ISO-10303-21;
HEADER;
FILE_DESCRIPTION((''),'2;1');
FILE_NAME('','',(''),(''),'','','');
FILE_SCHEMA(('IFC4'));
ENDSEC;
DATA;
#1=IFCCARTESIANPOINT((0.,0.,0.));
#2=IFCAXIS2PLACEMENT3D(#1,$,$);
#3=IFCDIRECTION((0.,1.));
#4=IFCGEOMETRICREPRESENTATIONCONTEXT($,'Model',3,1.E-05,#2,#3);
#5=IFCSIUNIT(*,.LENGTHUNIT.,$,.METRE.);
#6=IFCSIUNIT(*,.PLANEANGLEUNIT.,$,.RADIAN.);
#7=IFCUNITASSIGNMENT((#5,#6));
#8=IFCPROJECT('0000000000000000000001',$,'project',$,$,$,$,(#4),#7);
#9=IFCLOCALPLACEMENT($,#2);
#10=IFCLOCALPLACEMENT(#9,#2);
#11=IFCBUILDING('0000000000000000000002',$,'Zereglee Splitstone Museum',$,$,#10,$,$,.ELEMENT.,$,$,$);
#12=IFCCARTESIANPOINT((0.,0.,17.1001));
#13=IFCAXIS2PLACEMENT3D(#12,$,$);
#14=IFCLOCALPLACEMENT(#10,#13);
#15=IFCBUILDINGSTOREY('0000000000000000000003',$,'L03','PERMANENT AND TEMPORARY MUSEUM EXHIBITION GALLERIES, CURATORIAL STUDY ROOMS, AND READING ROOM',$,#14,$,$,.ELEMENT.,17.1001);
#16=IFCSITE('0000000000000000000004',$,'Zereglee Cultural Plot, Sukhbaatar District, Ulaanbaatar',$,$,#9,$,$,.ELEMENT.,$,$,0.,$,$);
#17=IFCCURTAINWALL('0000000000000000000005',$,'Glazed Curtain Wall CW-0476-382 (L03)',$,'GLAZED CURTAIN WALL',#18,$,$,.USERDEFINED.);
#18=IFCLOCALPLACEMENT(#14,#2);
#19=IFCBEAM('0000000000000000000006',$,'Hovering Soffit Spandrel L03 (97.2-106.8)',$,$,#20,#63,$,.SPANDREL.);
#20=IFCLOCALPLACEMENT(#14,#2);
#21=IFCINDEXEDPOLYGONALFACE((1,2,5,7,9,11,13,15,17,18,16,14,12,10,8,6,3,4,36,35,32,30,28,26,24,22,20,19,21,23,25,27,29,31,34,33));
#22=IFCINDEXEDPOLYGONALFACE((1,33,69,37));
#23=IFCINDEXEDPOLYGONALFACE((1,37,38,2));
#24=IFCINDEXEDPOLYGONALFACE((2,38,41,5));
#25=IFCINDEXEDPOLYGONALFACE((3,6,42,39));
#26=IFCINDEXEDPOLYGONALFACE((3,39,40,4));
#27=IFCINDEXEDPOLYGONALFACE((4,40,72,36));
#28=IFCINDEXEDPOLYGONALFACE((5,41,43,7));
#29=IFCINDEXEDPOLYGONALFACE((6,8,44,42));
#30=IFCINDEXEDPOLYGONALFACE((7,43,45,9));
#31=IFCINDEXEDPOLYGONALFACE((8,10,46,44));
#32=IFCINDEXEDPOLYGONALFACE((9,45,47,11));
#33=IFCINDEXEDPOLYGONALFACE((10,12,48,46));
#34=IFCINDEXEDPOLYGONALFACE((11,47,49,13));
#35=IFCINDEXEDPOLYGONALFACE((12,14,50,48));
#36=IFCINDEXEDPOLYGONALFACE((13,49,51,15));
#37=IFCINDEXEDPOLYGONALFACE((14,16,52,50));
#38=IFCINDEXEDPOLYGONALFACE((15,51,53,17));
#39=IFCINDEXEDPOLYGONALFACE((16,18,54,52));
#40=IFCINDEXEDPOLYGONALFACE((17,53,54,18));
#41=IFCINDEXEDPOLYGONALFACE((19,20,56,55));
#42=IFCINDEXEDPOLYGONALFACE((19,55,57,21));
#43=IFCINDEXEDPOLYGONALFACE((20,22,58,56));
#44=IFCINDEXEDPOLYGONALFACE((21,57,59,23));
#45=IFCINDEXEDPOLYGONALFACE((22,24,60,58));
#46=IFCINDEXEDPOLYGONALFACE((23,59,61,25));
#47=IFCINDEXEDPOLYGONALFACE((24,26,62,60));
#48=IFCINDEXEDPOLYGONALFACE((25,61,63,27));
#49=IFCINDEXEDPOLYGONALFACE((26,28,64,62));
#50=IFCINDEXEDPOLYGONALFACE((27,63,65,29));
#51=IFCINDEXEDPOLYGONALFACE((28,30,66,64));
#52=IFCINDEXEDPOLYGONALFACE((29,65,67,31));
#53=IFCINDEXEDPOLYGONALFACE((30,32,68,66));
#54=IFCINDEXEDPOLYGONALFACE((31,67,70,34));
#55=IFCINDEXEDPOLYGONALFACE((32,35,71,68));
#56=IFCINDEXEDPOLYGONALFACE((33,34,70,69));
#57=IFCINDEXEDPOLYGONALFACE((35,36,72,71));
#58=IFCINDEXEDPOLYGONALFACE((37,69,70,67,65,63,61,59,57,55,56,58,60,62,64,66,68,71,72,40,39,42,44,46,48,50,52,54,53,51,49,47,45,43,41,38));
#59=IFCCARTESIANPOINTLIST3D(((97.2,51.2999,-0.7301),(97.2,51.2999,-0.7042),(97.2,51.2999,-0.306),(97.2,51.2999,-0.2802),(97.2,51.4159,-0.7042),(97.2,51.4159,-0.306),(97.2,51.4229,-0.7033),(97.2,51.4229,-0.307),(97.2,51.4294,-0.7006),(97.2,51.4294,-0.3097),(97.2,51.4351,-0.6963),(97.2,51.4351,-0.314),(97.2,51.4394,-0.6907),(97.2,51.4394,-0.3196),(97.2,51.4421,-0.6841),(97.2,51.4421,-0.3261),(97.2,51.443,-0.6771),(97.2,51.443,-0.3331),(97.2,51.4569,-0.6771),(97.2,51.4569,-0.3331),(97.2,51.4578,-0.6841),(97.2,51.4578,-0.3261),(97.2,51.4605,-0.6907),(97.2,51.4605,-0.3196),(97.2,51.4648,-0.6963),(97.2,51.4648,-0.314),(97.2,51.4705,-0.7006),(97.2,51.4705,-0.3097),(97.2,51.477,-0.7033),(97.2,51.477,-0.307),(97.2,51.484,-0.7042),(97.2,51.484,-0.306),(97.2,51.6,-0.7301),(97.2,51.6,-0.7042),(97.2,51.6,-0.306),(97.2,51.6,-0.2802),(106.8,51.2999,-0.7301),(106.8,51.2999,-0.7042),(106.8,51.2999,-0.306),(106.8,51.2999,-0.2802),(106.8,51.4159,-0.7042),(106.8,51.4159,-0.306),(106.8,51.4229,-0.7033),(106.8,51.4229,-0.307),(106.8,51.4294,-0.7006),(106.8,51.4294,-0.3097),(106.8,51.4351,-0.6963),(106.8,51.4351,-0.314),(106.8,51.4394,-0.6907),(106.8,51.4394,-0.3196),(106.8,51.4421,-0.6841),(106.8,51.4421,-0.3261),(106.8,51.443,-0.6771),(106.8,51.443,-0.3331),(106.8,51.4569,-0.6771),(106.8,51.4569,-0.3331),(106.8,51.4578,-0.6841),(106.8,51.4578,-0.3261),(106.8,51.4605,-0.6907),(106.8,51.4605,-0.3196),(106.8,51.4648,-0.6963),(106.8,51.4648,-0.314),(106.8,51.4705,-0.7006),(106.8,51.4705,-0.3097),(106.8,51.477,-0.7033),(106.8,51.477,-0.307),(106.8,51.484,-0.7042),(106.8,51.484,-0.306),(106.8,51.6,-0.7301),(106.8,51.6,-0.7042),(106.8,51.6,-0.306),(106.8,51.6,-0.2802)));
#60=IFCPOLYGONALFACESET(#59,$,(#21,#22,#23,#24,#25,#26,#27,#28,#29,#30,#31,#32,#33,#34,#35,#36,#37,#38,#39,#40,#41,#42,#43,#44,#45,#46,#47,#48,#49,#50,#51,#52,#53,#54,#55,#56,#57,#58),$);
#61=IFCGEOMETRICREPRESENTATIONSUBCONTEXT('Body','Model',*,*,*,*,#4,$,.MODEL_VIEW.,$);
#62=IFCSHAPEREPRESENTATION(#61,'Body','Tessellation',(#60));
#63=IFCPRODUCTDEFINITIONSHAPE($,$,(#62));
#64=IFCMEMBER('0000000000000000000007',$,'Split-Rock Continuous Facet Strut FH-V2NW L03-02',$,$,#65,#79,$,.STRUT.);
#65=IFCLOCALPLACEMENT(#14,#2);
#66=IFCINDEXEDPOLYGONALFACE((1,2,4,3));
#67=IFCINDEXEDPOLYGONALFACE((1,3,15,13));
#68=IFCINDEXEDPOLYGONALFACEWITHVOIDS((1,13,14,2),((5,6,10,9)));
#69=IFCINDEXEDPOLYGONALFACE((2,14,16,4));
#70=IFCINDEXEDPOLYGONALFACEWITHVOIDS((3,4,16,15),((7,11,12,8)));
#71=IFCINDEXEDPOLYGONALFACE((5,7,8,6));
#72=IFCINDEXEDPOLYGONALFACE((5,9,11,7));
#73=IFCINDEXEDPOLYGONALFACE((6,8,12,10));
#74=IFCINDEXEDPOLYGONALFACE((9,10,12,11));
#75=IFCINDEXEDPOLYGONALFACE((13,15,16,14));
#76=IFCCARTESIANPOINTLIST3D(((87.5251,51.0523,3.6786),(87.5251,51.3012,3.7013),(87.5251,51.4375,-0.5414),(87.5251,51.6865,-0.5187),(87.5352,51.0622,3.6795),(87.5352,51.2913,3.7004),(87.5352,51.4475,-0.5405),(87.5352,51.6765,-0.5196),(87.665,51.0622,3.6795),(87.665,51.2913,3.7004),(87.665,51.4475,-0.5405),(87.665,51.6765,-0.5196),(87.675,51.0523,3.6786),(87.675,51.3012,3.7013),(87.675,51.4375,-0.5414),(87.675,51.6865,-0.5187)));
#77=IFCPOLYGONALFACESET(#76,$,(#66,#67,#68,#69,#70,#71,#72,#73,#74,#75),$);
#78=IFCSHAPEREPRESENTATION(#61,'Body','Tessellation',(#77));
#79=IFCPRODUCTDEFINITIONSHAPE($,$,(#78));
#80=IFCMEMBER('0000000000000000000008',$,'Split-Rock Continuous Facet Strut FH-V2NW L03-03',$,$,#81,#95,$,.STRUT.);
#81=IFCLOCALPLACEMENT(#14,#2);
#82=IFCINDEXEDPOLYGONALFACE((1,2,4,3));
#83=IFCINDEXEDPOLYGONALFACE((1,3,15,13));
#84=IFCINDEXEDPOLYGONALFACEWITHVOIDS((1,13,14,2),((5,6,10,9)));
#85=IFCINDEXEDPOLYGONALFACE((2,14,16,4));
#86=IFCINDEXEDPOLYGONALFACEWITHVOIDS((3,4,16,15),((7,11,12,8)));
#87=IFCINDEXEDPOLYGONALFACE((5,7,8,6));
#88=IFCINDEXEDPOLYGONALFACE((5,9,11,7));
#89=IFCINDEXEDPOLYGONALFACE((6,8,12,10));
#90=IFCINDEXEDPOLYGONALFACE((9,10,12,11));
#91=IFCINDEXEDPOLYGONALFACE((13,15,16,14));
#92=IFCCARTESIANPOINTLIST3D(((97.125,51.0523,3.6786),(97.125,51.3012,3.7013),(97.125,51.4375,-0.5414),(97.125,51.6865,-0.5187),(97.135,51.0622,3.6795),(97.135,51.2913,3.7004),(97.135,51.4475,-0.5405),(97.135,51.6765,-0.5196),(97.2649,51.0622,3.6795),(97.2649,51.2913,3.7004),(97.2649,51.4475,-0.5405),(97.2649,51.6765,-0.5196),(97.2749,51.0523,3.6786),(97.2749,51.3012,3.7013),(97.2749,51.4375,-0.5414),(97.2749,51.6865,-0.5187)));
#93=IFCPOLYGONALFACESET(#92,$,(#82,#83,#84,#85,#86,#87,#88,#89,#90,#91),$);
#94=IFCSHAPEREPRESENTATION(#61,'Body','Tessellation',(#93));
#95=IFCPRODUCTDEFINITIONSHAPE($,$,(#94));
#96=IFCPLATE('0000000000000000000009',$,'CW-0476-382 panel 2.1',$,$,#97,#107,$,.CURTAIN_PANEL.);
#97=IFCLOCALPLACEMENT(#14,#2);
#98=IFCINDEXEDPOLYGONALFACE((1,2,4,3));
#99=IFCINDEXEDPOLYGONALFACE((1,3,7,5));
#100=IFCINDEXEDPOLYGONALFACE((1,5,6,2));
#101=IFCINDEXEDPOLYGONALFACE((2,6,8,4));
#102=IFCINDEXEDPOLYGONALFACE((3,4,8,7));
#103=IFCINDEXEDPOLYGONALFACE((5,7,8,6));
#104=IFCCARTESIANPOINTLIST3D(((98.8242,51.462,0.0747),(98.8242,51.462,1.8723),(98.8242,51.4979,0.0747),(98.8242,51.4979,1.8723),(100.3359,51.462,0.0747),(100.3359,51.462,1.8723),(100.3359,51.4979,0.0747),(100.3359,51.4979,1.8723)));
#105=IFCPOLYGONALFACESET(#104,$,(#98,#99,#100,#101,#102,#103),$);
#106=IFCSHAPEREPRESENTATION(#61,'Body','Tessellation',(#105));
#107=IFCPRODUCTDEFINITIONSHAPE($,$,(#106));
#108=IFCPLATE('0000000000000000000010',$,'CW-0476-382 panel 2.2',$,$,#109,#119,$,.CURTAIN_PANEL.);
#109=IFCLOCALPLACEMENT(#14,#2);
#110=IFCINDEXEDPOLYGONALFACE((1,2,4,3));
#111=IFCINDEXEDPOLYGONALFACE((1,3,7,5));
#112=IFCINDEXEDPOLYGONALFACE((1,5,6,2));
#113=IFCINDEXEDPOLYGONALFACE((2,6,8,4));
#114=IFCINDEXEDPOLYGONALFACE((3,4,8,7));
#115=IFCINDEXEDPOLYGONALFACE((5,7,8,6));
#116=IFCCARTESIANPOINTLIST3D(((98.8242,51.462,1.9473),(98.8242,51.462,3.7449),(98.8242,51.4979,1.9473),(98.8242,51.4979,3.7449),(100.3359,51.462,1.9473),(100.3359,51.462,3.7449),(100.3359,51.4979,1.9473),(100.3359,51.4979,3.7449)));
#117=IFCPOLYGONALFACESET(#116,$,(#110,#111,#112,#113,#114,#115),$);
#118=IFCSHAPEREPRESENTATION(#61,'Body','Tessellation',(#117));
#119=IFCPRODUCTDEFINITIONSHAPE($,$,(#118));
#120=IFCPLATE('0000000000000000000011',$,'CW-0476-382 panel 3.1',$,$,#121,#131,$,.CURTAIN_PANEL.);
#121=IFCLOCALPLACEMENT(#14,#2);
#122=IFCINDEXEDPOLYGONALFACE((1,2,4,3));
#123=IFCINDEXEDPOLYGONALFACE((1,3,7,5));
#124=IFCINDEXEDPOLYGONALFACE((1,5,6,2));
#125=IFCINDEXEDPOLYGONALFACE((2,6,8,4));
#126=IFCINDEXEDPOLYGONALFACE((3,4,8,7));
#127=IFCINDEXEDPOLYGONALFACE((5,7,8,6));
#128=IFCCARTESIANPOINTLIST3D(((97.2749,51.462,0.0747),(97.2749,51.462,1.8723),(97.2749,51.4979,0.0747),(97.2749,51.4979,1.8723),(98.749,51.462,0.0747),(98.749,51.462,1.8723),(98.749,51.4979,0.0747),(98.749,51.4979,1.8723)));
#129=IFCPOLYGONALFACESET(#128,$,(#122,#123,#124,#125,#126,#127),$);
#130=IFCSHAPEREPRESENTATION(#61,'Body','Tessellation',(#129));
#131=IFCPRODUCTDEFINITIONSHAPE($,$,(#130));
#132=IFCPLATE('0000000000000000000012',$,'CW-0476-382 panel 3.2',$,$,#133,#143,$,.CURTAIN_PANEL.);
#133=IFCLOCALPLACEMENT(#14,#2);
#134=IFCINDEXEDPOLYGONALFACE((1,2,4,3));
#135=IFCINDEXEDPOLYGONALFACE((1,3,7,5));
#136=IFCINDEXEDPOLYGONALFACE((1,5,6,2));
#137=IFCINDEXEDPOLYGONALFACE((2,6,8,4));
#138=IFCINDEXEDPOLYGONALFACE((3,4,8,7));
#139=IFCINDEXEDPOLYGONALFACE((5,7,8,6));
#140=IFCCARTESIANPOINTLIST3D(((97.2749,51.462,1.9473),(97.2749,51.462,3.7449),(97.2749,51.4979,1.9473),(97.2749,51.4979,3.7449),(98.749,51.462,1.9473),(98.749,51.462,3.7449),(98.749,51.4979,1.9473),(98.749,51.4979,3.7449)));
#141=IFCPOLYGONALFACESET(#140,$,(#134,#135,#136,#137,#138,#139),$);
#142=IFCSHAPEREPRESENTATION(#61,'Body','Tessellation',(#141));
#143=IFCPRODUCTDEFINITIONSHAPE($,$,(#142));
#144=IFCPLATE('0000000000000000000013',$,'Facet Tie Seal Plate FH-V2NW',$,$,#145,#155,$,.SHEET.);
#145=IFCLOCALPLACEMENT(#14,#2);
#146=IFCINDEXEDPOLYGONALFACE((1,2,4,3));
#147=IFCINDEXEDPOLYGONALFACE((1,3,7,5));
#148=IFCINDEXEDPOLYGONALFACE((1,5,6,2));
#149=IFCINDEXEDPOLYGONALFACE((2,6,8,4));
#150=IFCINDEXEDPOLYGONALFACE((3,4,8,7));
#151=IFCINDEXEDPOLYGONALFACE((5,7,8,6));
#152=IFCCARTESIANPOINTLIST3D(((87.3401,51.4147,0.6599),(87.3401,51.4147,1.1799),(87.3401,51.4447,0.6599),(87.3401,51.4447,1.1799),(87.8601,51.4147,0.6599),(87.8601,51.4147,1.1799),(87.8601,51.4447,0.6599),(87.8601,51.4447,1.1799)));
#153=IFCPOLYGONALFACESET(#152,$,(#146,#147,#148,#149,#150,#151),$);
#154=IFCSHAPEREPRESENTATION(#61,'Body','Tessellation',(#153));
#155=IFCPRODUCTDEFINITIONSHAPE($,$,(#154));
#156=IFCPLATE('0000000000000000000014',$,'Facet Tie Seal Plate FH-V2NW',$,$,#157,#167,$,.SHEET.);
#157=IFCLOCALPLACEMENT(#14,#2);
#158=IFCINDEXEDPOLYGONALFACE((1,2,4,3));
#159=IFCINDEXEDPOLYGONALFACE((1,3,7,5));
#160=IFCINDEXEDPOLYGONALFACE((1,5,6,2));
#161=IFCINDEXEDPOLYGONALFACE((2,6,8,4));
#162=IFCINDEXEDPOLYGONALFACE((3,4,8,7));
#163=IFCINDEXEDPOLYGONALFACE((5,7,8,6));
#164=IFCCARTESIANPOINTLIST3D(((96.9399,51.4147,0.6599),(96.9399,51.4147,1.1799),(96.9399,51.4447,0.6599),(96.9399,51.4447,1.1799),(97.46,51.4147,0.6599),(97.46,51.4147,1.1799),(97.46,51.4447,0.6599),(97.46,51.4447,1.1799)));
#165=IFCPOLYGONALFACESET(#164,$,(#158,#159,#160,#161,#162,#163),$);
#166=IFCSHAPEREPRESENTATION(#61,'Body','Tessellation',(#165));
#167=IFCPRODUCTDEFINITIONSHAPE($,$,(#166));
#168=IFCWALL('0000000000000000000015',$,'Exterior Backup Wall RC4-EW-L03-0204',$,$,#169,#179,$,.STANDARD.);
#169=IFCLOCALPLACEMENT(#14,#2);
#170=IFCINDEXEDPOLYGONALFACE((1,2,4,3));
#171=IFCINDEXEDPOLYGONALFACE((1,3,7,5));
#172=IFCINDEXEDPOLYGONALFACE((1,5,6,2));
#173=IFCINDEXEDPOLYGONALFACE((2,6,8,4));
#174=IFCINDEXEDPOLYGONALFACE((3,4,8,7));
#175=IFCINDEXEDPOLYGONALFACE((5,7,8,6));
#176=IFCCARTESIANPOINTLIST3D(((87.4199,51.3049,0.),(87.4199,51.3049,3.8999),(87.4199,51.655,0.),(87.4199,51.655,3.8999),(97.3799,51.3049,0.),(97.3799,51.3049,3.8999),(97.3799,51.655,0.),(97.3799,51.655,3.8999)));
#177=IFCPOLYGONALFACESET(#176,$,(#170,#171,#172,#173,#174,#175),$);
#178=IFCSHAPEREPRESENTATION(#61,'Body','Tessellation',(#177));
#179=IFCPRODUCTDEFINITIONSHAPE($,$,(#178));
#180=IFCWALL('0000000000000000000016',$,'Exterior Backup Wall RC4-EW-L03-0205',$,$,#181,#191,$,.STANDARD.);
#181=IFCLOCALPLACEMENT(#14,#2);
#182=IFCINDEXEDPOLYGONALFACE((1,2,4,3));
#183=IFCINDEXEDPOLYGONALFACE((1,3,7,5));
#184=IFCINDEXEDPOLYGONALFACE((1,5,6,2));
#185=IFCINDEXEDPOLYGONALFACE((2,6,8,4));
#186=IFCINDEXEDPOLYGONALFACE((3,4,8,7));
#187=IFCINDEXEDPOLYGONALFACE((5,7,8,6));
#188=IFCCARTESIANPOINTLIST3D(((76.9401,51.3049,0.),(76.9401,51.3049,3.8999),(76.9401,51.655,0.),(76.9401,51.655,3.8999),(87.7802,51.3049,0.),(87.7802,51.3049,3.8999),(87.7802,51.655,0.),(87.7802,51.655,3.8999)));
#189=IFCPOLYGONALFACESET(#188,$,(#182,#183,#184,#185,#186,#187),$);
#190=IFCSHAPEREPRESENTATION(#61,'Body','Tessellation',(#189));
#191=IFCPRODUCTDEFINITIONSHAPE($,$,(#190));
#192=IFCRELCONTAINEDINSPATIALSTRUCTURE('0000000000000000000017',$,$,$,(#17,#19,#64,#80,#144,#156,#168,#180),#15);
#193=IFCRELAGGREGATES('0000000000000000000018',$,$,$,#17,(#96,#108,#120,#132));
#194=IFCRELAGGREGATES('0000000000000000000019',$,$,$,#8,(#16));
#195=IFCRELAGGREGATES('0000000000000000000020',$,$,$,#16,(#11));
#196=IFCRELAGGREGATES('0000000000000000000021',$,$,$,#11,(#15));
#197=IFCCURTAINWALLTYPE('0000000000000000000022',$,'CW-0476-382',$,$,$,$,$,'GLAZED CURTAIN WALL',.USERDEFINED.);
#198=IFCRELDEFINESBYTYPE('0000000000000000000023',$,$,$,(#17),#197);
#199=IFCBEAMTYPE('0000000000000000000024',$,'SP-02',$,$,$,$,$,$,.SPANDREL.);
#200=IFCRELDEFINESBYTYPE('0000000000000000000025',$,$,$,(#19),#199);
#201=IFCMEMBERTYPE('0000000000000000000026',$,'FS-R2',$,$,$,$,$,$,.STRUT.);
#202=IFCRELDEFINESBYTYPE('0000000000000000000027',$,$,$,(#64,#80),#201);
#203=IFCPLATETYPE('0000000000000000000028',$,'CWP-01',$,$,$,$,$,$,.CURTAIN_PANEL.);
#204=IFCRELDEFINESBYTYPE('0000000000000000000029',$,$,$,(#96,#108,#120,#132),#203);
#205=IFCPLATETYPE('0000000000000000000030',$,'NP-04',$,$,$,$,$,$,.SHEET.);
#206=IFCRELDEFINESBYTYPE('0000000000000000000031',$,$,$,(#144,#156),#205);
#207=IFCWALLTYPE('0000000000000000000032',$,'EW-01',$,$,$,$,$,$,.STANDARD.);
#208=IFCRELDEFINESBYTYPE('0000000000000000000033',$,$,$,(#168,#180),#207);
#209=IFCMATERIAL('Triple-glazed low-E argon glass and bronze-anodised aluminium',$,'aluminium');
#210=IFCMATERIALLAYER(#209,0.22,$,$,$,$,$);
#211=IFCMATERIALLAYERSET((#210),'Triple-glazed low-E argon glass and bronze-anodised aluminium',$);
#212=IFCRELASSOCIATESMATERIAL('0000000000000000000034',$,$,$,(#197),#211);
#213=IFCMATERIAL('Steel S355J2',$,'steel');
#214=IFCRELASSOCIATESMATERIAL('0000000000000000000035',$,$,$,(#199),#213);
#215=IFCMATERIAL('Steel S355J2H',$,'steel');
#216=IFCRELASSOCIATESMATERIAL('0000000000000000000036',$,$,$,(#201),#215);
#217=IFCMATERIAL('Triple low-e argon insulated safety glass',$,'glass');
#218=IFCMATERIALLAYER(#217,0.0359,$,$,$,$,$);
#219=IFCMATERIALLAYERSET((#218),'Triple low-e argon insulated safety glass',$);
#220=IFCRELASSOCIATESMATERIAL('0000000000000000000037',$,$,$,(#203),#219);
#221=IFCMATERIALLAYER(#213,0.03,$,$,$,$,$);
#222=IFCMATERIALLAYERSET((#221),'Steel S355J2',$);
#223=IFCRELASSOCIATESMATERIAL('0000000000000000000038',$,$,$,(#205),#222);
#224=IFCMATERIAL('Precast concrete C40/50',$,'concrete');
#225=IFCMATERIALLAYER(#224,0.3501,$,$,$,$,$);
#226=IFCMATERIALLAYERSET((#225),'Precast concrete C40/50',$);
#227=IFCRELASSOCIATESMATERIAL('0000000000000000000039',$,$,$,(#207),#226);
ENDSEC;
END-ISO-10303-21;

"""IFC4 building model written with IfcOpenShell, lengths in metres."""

from ifc_helpers import new_model, si_unit, direction, frame, frame_2d, origin, origin_2d, place, context, subcontext, project, spatial, rectangle, hollow_rectangle, i_section, extrude, material, layer, layer_set, material_profile, profile_set, type_object, element, aggregate, save


model = new_model("IFC4")

# Units and contexts
model_context = context("Model", 3, precision=1e-05, world=origin(), true_north=direction((0.0, 1.0)))
body_context = subcontext(model_context, "Body", "Model", "MODEL_VIEW")
ifc_project = project(units=[si_unit("LENGTHUNIT", "METRE"), si_unit("PLANEANGLEUNIT", "RADIAN")], contexts=[model_context])

# Site, building, storey
site_placement = place(None, origin())
site = spatial("IfcSite", under=ifc_project, at=site_placement, Name="Zereglee Cultural Plot, Sukhbaatar District, Ulaanbaatar", CompositionType="ELEMENT", RefElevation=0.0)
building_placement = place(site_placement, origin())
building = spatial("IfcBuilding", under=site, at=building_placement, Name="Zereglee Splitstone Museum", CompositionType="ELEMENT")
storey_placement = place(building_placement, frame((0.0, 0.0, 17.1001)))
storey = spatial("IfcBuildingStorey", under=building, at=storey_placement, Name="L03", Description="PERMANENT AND TEMPORARY MUSEUM EXHIBITION GALLERIES, CURATORIAL STUDY ROOMS, AND READING ROOM", CompositionType="ELEMENT", Elevation=17.1001)

# Curtain wall
ifc_material_1 = material(Name="Triple-glazed low-E argon glass and bronze-anodised aluminium", Category="aluminium")
ifc_layer_1 = layer(ifc_material_1, 0.22)
ifc_layer_set_1 = layer_set([ifc_layer_1], Name="Triple-glazed low-E argon glass and bronze-anodised aluminium")
curtain_wall_type = type_object("IfcCurtainWallType", Name="CW-0476-382", ElementType="GLAZED CURTAIN WALL", PredefinedType="USERDEFINED", material=ifc_layer_set_1)
curtain_wall_placement = place(storey_placement, origin())
curtain_wall = element("IfcCurtainWall", 1, at=curtain_wall_placement, inside=storey, type_object=curtain_wall_type, Name="Glazed Curtain Wall CW-0476-382 (L03)", ObjectType="GLAZED CURTAIN WALL", PredefinedType="USERDEFINED")

# Shared definitions
ifc_material_2 = material(Name="Steel S355J2", Category="steel")

# Beam
ifc_material_profile_1 = material_profile(ifc_material_2, i_section(OverallWidth=0.3, OverallDepth=0.45, WebThickness=0.0139, FlangeThickness=0.0259, FilletRadius=0.0271, at=origin_2d()), Name="HE 450 B")
ifc_profile_set_1 = profile_set([ifc_material_profile_1], Name="Steel S355J2")
beam_type = type_object("IfcBeamType", Name="SP-02", PredefinedType="SPANDREL", material=ifc_profile_set_1)
beam_1_placement = place(storey_placement, frame((97.2, 51.45, -0.5051), z_axis=(1.0, 0.0, 0.0), x_axis=(0.0, 1.0, 0.0)))
element("IfcBeam", 2, at=beam_1_placement, inside=storey, type_object=beam_type, Name="Hovering Soffit Spandrel L03 (97.2-106.8)", PredefinedType="SPANDREL", context=body_context, shape_type="SweptSolid", body=[
    extrude(i_section(OverallWidth=0.3, OverallDepth=0.45, WebThickness=0.0139, FlangeThickness=0.0259, FilletRadius=0.0271, at=origin_2d()), origin(), (0.0, 0.0, 1.0), 9.6001),
])

# Members
ifc_material_3 = material(Name="Steel S355J2H", Category="steel")
ifc_material_profile_2 = material_profile(ifc_material_3, hollow_rectangle(XDim=0.1499, YDim=0.25, WallThickness=0.01, at=origin_2d()), Name="RHS 250x150x10")
ifc_profile_set_2 = profile_set([ifc_material_profile_2], Name="Steel S355J2H")
member_type_1 = type_object("IfcMemberType", Name="FS-R2", PredefinedType="STRUT", material=ifc_profile_set_2)
for number, where, z_axis, x_axis, name in (
    (3, (87.6001, 51.562, -0.53), (0.0, -0.090915, 0.995859), (1.0, 0.0, 0.0), "Split-Rock Continuous Facet Strut FH-V2NW L03-02"),
    (4, (97.2, 51.562, -0.53), (0.0, -0.090915, 0.995859), (1.0, 0.0, 0.0), "Split-Rock Continuous Facet Strut FH-V2NW L03-03"),
):
    element("IfcMember", number, at=place(storey_placement, frame(where, z_axis=z_axis, x_axis=x_axis)), inside=storey, type_object=member_type_1, Name=name, PredefinedType="STRUT", context=body_context, shape_type="SweptSolid", body=[
        extrude(hollow_rectangle(XDim=0.1499, YDim=0.25, WallThickness=0.01, at=origin_2d()), origin(), (0.0, 0.0, 1.0), 4.2375),
    ])

# Plates
ifc_material_4 = material(Name="Triple low-e argon insulated safety glass", Category="glass")
ifc_layer_2 = layer(ifc_material_4, 0.0359)
ifc_layer_set_2 = layer_set([ifc_layer_2], Name="Triple low-e argon insulated safety glass")
plate_type_1 = type_object("IfcPlateType", Name="CWP-01", PredefinedType="CURTAIN_PANEL", material=ifc_layer_set_2)
plate_1_placement = place(storey_placement, frame((99.5801, 51.48, 0.0747), z_axis=(0.0, 0.0, 1.0), x_axis=(-1.0, 0.0, 0.0)))
plate_1 = element("IfcPlate", 5, at=plate_1_placement, type_object=plate_type_1, Name="CW-0476-382 panel 2.1", PredefinedType="CURTAIN_PANEL", context=body_context, shape_type="SweptSolid", body=[
    extrude(rectangle(XDim=1.5117, YDim=0.0359, at=origin_2d()), origin(), (0.0, 0.0, 1.0), 1.7976),
])
plate_2_placement = place(storey_placement, frame((99.5801, 51.48, 1.9473), z_axis=(0.0, 0.0, 1.0), x_axis=(-1.0, 0.0, 0.0)))
plate_2 = element("IfcPlate", 6, at=plate_2_placement, type_object=plate_type_1, Name="CW-0476-382 panel 2.2", PredefinedType="CURTAIN_PANEL", context=body_context, shape_type="SweptSolid", body=[
    extrude(rectangle(XDim=1.5117, YDim=0.0359, at=origin_2d()), origin(), (0.0, 0.0, 1.0), 1.7976),
])
plate_3_placement = place(storey_placement, frame((98.012, 51.48, 0.0747), z_axis=(0.0, 0.0, 1.0), x_axis=(-1.0, 0.0, 0.0)))
plate_3 = element("IfcPlate", 7, at=plate_3_placement, type_object=plate_type_1, Name="CW-0476-382 panel 3.1", PredefinedType="CURTAIN_PANEL", context=body_context, shape_type="SweptSolid", body=[
    extrude(rectangle(XDim=1.4741, YDim=0.0359, at=origin_2d()), origin(), (0.0, 0.0, 1.0), 1.7976),
])
plate_4_placement = place(storey_placement, frame((98.012, 51.48, 1.9473), z_axis=(0.0, 0.0, 1.0), x_axis=(-1.0, 0.0, 0.0)))
plate_4 = element("IfcPlate", 8, at=plate_4_placement, type_object=plate_type_1, Name="CW-0476-382 panel 3.2", PredefinedType="CURTAIN_PANEL", context=body_context, shape_type="SweptSolid", body=[
    extrude(rectangle(XDim=1.4741, YDim=0.0359, at=origin_2d()), origin(), (0.0, 0.0, 1.0), 1.7976),
])
aggregate(curtain_wall, [plate_1, plate_2, plate_3, plate_4])

# Plates
ifc_layer_3 = layer(ifc_material_2, 0.03)
ifc_layer_set_3 = layer_set([ifc_layer_3], Name="Steel S355J2")
plate_type_2 = type_object("IfcPlateType", Name="NP-04", PredefinedType="SHEET", material=ifc_layer_set_3)
for number, where, z_axis, x_axis, name in (
    (9, (87.6001, 51.4297, 0.6599), (0.0, 0.0, 1.0), (1.0, 0.0, 0.0), "Facet Tie Seal Plate FH-V2NW"),
    (10, (97.2, 51.4297, 0.6599), (0.0, 0.0, 1.0), (1.0, 0.0, 0.0), "Facet Tie Seal Plate FH-V2NW"),
):
    element("IfcPlate", number, at=place(storey_placement, frame(where, z_axis=z_axis, x_axis=x_axis)), inside=storey, type_object=plate_type_2, Name=name, PredefinedType="SHEET", context=body_context, shape_type="SweptSolid", body=[
        extrude(rectangle(XDim=0.52, YDim=0.03, at=origin_2d()), origin(), (0.0, 0.0, 1.0), 0.52),
    ])

# Walls
ifc_material_5 = material(Name="Precast concrete C40/50", Category="concrete")
ifc_layer_4 = layer(ifc_material_5, 0.3501)
ifc_layer_set_4 = layer_set([ifc_layer_4], Name="Precast concrete C40/50")
wall_type = type_object("IfcWallType", Name="EW-01", PredefinedType="STANDARD", material=ifc_layer_set_4)
wall_1_placement = place(storey_placement, frame((97.3799, 51.48, 0.0), z_axis=(0.0, 0.0, 1.0), x_axis=(-1.0, 0.0, 0.0)))
element("IfcWall", 11, at=wall_1_placement, inside=storey, type_object=wall_type, Name="Exterior Backup Wall RC4-EW-L03-0204", PredefinedType="STANDARD", context=body_context, shape_type="SweptSolid", body=[
    extrude(rectangle(XDim=9.96, YDim=0.3501, at=frame_2d((4.98, 0.0))), origin(), (0.0, 0.0, 1.0), 3.8999),
])
wall_2_placement = place(storey_placement, frame((87.78, 51.48, 0.0), z_axis=(0.0, 0.0, 1.0), x_axis=(-1.0, 0.0, 0.0)))
element("IfcWall", 12, at=wall_2_placement, inside=storey, type_object=wall_type, Name="Exterior Backup Wall RC4-EW-L03-0205", PredefinedType="STANDARD", context=body_context, shape_type="SweptSolid", body=[
    extrude(rectangle(XDim=10.8401, YDim=0.3501, at=frame_2d((5.4199, 0.0))), origin(), (0.0, 0.0, 1.0), 3.8999),
])

save(model, "model.ifc")
